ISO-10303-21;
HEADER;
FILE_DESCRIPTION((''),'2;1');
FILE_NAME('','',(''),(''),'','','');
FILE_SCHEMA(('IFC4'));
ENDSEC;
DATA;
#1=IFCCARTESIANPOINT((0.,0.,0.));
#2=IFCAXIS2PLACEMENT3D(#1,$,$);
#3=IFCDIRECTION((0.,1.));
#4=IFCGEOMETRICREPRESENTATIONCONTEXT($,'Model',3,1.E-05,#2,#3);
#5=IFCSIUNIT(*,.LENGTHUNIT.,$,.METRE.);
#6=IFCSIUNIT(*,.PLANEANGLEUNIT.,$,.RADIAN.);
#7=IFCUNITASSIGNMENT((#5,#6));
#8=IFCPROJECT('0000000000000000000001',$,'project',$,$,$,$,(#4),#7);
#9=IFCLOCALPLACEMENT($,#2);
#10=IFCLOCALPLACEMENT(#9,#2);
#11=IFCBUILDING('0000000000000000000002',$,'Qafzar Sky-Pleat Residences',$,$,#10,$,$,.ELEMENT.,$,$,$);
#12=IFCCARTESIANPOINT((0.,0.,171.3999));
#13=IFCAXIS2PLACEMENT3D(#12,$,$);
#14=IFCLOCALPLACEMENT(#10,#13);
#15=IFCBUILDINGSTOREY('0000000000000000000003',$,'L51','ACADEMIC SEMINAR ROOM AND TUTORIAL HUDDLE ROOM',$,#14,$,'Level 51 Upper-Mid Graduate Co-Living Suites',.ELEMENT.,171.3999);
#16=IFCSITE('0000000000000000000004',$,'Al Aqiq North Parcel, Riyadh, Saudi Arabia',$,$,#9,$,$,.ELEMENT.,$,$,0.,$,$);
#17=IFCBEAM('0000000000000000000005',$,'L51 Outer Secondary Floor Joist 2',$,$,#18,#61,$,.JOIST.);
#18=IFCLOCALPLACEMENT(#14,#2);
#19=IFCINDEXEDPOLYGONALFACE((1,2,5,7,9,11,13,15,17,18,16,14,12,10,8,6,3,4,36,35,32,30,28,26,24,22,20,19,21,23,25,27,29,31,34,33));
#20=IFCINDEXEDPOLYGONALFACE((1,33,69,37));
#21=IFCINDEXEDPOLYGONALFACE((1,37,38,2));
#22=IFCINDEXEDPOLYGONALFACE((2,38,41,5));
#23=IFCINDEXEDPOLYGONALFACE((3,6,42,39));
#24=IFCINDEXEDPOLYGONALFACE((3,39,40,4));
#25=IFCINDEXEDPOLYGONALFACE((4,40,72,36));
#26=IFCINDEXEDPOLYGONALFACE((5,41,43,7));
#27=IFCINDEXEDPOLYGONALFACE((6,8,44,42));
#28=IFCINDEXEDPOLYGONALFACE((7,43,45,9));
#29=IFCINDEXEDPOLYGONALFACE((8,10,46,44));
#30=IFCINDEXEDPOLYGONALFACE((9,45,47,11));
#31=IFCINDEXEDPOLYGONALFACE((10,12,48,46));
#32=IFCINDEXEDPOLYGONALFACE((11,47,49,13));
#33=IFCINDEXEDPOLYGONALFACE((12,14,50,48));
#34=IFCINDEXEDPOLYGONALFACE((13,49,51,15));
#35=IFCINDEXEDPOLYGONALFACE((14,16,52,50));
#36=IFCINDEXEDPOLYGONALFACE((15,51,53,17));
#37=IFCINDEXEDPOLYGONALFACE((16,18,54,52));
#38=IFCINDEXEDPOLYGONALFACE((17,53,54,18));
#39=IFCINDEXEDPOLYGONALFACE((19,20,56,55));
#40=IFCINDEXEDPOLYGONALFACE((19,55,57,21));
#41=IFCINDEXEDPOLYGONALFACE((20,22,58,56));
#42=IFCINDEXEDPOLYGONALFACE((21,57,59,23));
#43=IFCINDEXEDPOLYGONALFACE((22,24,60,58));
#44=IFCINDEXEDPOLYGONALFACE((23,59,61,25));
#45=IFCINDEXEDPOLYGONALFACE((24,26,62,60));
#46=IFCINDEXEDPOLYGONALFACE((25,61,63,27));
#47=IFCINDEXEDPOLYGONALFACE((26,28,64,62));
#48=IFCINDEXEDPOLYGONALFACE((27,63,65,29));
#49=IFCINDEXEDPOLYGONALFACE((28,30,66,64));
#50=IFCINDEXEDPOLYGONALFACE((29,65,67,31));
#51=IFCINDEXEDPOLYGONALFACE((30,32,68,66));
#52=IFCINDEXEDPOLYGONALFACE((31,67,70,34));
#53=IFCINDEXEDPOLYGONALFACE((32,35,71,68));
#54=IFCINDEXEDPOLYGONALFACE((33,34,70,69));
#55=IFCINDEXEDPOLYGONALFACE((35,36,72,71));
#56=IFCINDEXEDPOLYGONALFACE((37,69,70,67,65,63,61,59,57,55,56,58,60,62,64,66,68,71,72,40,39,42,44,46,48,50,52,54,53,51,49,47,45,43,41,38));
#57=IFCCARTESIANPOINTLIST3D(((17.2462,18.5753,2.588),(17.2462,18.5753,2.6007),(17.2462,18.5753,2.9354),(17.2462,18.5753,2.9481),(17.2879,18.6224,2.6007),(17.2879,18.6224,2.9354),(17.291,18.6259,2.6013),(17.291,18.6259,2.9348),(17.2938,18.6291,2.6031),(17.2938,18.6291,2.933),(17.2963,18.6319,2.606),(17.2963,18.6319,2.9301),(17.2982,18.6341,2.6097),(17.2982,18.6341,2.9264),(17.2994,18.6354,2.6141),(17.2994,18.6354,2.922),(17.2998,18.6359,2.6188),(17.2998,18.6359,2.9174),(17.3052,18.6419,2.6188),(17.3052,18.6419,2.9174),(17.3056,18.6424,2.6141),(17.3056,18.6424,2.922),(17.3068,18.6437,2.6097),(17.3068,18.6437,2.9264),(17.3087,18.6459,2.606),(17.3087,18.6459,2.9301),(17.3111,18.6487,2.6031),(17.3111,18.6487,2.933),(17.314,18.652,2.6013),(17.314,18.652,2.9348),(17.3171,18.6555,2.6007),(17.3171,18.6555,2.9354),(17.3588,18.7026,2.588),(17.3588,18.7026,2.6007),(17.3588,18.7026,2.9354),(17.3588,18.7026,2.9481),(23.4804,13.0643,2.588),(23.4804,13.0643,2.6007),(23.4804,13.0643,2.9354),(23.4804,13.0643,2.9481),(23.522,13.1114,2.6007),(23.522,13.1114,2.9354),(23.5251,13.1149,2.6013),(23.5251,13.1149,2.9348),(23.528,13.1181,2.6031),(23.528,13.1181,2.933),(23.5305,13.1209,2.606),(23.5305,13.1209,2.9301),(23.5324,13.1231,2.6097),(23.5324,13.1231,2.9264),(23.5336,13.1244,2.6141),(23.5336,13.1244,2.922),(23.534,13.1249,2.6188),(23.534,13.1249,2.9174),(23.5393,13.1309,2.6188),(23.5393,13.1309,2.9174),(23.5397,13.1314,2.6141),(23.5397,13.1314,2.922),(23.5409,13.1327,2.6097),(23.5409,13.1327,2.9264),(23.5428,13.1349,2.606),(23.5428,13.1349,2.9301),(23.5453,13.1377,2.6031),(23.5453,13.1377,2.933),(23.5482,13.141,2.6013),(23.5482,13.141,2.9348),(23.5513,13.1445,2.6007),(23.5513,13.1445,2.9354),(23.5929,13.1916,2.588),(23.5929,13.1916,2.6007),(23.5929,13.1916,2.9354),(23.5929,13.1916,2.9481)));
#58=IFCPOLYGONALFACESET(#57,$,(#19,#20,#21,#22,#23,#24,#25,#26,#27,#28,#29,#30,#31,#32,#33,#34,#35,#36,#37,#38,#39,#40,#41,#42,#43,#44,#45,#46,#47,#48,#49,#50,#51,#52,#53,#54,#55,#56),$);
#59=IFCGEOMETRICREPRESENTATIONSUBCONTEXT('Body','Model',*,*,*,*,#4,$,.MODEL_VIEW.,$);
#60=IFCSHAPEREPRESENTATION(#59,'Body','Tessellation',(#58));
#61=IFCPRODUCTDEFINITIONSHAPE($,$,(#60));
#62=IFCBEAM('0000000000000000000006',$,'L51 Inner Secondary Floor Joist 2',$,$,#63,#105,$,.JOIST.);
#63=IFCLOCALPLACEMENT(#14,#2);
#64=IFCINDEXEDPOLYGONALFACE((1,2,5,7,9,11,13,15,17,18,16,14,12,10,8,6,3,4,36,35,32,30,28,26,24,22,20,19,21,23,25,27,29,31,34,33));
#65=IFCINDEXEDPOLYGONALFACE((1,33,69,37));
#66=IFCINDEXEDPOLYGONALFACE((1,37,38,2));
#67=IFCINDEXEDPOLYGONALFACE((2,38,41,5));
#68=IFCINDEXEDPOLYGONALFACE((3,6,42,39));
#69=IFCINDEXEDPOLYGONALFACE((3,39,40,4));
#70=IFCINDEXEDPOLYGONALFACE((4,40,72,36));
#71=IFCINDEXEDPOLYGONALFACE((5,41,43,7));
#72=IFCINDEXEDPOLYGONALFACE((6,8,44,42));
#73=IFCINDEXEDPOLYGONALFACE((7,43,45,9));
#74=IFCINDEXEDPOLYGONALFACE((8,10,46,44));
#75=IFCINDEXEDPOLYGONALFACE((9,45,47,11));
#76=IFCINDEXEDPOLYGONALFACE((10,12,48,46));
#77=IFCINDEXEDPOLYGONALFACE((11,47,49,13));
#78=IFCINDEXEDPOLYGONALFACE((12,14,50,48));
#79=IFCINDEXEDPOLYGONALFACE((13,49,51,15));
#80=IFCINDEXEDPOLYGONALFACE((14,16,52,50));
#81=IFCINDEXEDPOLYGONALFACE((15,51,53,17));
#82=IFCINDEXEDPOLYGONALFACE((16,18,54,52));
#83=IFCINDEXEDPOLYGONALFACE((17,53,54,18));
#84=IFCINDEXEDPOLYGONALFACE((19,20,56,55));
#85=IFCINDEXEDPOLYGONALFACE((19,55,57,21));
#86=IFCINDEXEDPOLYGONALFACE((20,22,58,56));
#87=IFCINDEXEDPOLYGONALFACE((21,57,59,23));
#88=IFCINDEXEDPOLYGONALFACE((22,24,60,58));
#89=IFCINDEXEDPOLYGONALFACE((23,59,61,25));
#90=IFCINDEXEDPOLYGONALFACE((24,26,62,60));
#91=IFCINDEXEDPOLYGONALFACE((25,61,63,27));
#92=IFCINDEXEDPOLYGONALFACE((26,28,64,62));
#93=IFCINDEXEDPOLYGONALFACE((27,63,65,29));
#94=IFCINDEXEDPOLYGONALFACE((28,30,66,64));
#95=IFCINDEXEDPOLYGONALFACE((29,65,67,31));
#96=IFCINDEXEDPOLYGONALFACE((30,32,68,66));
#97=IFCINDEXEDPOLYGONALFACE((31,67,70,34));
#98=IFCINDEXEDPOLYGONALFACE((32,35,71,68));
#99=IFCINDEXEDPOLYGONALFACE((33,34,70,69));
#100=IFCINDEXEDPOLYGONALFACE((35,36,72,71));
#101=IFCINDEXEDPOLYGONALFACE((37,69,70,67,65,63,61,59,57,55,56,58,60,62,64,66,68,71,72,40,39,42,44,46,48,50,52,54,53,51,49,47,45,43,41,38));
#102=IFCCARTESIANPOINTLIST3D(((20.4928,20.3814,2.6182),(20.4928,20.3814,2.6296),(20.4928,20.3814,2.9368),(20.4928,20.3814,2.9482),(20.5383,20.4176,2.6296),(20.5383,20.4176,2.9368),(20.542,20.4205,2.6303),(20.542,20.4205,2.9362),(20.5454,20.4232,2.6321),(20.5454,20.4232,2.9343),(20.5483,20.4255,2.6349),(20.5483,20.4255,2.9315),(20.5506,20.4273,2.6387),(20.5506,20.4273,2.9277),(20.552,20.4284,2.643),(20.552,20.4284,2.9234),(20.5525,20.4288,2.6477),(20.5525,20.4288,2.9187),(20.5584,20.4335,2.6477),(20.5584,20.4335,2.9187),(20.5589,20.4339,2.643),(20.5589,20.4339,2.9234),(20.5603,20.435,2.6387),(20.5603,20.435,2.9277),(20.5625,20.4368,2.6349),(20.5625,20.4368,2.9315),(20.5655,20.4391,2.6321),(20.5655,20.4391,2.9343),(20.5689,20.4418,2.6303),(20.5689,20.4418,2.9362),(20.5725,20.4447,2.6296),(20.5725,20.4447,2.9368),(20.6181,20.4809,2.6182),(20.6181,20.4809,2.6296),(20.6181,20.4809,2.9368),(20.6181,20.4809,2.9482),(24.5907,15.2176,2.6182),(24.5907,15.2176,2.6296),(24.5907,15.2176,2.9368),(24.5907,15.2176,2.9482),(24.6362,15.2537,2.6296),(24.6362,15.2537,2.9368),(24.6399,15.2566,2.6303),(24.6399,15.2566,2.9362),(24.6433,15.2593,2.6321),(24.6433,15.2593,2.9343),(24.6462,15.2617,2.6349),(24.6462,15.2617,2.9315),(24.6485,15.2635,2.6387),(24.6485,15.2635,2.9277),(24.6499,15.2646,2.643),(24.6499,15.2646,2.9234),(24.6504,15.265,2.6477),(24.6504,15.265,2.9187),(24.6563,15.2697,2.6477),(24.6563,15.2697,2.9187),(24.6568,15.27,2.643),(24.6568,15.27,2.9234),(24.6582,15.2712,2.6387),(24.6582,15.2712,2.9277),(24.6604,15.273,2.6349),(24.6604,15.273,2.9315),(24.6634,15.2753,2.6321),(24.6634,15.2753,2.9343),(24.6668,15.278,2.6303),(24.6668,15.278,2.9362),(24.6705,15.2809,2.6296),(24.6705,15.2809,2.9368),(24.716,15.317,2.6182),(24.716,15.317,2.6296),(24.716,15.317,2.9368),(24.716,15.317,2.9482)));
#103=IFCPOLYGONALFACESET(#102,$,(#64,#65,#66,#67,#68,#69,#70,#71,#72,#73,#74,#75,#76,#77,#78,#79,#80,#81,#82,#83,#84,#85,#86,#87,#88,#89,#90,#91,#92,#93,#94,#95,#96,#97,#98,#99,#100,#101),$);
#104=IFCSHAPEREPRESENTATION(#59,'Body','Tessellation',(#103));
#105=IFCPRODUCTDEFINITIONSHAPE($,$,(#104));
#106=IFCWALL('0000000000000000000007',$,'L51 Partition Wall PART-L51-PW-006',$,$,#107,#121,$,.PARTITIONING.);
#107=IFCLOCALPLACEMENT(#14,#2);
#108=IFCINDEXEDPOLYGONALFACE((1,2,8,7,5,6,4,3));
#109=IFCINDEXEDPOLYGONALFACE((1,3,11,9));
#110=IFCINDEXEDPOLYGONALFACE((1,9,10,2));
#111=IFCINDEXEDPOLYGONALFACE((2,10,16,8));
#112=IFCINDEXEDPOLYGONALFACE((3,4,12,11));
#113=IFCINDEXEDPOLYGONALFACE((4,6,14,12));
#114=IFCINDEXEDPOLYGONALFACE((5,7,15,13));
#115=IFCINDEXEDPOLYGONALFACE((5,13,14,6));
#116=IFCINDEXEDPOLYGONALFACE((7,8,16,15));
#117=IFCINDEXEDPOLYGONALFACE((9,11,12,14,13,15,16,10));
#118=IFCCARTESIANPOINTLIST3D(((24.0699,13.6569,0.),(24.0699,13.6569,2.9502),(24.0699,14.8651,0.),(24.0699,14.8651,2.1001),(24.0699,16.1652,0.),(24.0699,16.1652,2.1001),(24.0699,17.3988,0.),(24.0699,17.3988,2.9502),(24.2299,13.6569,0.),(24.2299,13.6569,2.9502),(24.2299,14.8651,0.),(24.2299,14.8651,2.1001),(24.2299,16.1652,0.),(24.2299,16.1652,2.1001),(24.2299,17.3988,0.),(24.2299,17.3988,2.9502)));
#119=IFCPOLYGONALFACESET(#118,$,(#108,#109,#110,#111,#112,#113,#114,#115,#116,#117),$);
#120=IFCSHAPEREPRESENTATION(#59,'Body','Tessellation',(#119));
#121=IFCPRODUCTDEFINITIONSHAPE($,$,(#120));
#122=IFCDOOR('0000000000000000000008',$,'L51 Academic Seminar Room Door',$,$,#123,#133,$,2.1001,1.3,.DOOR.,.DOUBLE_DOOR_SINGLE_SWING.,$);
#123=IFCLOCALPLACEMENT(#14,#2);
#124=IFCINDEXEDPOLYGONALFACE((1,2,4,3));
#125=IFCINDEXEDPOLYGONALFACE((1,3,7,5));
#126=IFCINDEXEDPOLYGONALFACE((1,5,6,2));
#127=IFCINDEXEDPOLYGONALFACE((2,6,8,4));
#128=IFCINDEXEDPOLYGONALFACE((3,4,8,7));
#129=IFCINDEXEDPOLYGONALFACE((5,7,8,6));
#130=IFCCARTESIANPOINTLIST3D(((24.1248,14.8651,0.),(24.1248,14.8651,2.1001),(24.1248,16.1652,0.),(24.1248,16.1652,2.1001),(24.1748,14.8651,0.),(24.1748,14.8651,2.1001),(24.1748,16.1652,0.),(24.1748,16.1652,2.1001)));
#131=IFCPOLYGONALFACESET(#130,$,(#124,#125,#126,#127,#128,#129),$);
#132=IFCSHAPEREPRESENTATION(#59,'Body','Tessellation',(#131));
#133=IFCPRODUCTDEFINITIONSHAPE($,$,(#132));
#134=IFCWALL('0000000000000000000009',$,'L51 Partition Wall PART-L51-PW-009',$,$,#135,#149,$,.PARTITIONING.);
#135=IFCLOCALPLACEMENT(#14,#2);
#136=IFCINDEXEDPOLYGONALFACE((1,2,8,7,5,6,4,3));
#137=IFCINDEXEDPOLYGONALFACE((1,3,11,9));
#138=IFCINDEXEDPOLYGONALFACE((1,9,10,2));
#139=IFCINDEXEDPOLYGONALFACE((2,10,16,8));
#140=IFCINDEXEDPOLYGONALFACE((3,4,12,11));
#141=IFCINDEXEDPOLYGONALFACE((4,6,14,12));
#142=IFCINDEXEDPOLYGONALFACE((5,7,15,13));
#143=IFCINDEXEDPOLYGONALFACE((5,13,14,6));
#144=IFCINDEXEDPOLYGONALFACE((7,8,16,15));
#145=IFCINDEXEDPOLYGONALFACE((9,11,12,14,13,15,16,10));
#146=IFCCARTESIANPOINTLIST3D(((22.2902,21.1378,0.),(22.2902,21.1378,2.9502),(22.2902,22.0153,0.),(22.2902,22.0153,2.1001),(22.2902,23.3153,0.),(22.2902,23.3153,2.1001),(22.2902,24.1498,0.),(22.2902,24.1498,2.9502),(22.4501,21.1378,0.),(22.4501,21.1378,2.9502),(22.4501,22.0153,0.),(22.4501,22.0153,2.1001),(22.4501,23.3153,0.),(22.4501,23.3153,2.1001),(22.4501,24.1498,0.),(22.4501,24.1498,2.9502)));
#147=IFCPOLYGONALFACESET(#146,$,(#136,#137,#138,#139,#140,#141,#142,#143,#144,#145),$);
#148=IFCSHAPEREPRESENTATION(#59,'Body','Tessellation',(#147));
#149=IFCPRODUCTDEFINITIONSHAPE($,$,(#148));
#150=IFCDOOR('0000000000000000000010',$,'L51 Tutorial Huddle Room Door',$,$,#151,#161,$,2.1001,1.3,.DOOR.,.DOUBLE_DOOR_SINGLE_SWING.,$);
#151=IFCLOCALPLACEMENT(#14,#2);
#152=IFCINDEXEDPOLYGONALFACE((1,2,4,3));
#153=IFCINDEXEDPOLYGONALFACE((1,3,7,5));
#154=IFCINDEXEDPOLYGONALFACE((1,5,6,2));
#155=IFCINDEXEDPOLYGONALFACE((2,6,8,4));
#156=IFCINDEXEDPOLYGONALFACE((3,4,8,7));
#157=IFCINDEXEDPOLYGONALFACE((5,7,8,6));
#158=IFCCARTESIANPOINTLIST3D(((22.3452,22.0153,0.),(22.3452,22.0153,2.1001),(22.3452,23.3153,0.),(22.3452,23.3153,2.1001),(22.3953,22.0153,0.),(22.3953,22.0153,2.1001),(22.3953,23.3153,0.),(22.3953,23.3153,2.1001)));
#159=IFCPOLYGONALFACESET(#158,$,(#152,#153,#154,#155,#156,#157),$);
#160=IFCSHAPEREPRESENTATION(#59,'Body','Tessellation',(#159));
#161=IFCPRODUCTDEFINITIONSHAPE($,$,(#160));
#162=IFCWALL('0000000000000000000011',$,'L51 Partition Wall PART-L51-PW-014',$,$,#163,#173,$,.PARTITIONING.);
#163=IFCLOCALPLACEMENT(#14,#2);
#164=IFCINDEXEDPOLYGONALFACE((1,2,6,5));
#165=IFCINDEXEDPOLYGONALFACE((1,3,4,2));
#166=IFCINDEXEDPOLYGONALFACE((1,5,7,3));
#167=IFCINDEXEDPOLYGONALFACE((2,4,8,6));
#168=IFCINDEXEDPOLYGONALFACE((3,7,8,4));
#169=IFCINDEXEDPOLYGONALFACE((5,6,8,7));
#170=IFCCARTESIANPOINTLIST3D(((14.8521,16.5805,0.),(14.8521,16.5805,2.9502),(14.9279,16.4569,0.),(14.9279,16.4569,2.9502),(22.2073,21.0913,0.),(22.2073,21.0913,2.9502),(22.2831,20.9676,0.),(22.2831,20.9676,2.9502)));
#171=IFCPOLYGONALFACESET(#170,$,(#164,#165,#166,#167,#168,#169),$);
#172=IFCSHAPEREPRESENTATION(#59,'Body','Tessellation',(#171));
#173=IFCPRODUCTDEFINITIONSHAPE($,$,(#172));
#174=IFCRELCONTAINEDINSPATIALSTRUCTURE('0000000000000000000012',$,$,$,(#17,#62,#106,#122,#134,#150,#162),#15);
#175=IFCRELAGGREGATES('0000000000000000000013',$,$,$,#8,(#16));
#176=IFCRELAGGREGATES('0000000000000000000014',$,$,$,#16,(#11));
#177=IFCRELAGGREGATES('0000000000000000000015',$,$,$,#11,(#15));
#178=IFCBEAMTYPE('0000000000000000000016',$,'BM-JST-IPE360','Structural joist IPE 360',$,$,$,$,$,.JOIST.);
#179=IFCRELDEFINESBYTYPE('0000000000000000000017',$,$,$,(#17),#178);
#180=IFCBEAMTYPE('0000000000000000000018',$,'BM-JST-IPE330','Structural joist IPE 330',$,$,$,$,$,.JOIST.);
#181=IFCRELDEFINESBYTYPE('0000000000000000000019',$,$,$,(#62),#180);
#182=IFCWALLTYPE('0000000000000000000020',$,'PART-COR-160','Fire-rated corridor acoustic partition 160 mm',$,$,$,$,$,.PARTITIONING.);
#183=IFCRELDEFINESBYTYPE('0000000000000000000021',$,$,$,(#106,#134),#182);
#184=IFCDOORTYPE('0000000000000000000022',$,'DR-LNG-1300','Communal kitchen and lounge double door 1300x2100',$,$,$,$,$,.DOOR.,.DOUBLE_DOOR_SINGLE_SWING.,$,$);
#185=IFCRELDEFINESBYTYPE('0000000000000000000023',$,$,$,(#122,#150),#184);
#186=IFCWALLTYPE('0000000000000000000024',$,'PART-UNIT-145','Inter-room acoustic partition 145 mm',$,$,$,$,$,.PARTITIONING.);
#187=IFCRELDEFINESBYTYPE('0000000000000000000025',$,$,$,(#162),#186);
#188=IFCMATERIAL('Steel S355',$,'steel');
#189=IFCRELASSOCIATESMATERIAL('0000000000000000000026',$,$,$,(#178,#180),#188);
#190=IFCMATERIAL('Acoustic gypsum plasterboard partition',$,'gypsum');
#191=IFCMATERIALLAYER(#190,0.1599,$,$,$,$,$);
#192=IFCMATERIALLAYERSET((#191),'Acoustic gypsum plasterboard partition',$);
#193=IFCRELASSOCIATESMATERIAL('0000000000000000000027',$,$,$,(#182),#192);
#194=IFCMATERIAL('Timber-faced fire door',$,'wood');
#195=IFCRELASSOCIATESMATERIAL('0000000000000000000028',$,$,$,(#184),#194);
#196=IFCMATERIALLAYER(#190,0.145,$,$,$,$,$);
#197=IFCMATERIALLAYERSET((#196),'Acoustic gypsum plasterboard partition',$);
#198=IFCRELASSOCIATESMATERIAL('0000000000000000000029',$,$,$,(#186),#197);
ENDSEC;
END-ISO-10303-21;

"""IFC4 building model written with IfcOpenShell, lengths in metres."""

from ifc_helpers import new_model, si_unit, direction, frame, frame_2d, origin, origin_2d, place, context, subcontext, project, spatial, rectangle, i_section, extrude, source, transform, mapped, material, layer, layer_set, material_profile, profile_set, type_object, element, fill, save


model = new_model("IFC4")

# Units and contexts
model_context = context("Model", 3, precision=1e-05, world=origin(), true_north=direction((0.0, 1.0)))
body_context = subcontext(model_context, "Body", "Model", "MODEL_VIEW")
ifc_project = project(units=[si_unit("LENGTHUNIT", "METRE"), si_unit("PLANEANGLEUNIT", "RADIAN")], contexts=[model_context])

# Site, building, storey
site_placement = place(None, origin())
site = spatial("IfcSite", under=ifc_project, at=site_placement, Name="Al Aqiq North Parcel, Riyadh, Saudi Arabia", CompositionType="ELEMENT", RefElevation=0.0)
building_placement = place(site_placement, origin())
building = spatial("IfcBuilding", under=site, at=building_placement, Name="Qafzar Sky-Pleat Residences", CompositionType="ELEMENT")
storey_placement = place(building_placement, frame((0.0, 0.0, 171.3999)))
storey = spatial("IfcBuildingStorey", under=building, at=storey_placement, Name="L51", Description="ACADEMIC SEMINAR ROOM AND TUTORIAL HUDDLE ROOM", LongName="Level 51 Upper-Mid Graduate Co-Living Suites", CompositionType="ELEMENT", Elevation=171.3999)

# Beams
ifc_material_1 = material(Name="Steel S355", Category="steel")
ifc_material_profile_1 = material_profile(ifc_material_1, i_section(OverallWidth=0.1699, OverallDepth=0.3601, WebThickness=0.0081, FlangeThickness=0.0127, FilletRadius=0.0181, at=origin_2d()), Name="IPE 360")
ifc_profile_set_1 = profile_set([ifc_material_profile_1], Name="Steel S355")
beam_type_1 = type_object("IfcBeamType", Name="BM-JST-IPE360", Description="Structural joist IPE 360", PredefinedType="JOIST", material=ifc_profile_set_1)
shared_shape_1 = source(origin(), body_context, "Body", "SweptSolid", [
    extrude(i_section(OverallWidth=0.1699, OverallDepth=0.3601, WebThickness=0.0081, FlangeThickness=0.0127, FilletRadius=0.0181, at=origin_2d()), origin(), (0.0, 0.0, 1.0), 8.3208),
])
beam_1_placement = place(storey_placement, frame((17.3025, 18.6389, 2.7681), z_axis=(0.749224, -0.662316, 0.0), x_axis=(0.662316, 0.749224, 0.0)))
element("IfcBeam", 1, at=beam_1_placement, inside=storey, type_object=beam_type_1, Name="L51 Outer Secondary Floor Joist 2", PredefinedType="JOIST", context=body_context, shape_type="MappedRepresentation", body=[
    mapped(shared_shape_1, transform((0.0, 0.0, 0.0), x_axis=(1.0, 0.0, 0.0), y_axis=(0.0, 1.0, 0.0), z_axis=(0.0, 0.0, 1.0), scale=1.0)),
])
ifc_material_profile_2 = material_profile(ifc_material_1, i_section(OverallWidth=0.1599, OverallDepth=0.3301, WebThickness=0.0076, FlangeThickness=0.0115, FilletRadius=0.0181, at=origin_2d()), Name="IPE 330")
ifc_profile_set_2 = profile_set([ifc_material_profile_2], Name="Steel S355")
beam_type_2 = type_object("IfcBeamType", Name="BM-JST-IPE330", Description="Structural joist IPE 330", PredefinedType="JOIST", material=ifc_profile_set_2)
shared_shape_2 = source(origin(), body_context, "Body", "SweptSolid", [
    extrude(i_section(OverallWidth=0.1599, OverallDepth=0.3301, WebThickness=0.0076, FlangeThickness=0.0115, FilletRadius=0.0181, at=origin_2d()), origin(), (0.0, 0.0, 1.0), 6.5923),
])
beam_2_placement = place(storey_placement, frame((20.5554, 20.4312, 2.7832), z_axis=(0.621624, -0.783316, 0.0), x_axis=(0.783316, 0.621624, 0.0)))
element("IfcBeam", 2, at=beam_2_placement, inside=storey, type_object=beam_type_2, Name="L51 Inner Secondary Floor Joist 2", PredefinedType="JOIST", context=body_context, shape_type="MappedRepresentation", body=[
    mapped(shared_shape_2, transform((0.0, 0.0, 0.0), x_axis=(1.0, 0.0, 0.0), y_axis=(0.0, 1.0, 0.0), z_axis=(0.0, 0.0, 1.0), scale=1.0)),
])

# Walls, openings, doors
ifc_material_2 = material(Name="Acoustic gypsum plasterboard partition", Category="gypsum")
ifc_layer_1 = layer(ifc_material_2, 0.1599)
ifc_layer_set_1 = layer_set([ifc_layer_1], Name="Acoustic gypsum plasterboard partition")
wall_type_1 = type_object("IfcWallType", Name="PART-COR-160", Description="Fire-rated corridor acoustic partition 160 mm", PredefinedType="PARTITIONING", material=ifc_layer_set_1)
wall_1_placement = place(storey_placement, frame((24.1499, 17.3989, 0.0), z_axis=(0.0, 0.0, 1.0), x_axis=(0.0, -1.0, 0.0)))
wall_1 = element("IfcWall", 3, at=wall_1_placement, inside=storey, type_object=wall_type_1, Name="L51 Partition Wall PART-L51-PW-006", PredefinedType="PARTITIONING", context=body_context, shape_type="SweptSolid", body=[
    extrude(rectangle(XDim=3.7419, YDim=0.1599, at=frame_2d((1.8711, 0.0))), origin(), (0.0, 0.0, 1.0), 2.9502),
])
opening_1_placement = place(wall_1_placement, frame((1.2339, 0.0, 0.0)))
opening_1 = element("IfcOpeningElement", 4, at=opening_1_placement, cuts=wall_1, PredefinedType="OPENING", context=body_context, shape_type="SweptSolid", body=[
    extrude(rectangle(XDim=1.3, YDim=2.1001, at=frame_2d((0.6499, 1.05))), frame((0.0, 0.0898, 0.0), z_axis=(0.0, -1.0, 0.0), x_axis=(1.0, 0.0, 0.0)), (0.0, 0.0, 1.0), 0.1799),
])
ifc_material_3 = material(Name="Timber-faced fire door", Category="wood")
door_type_1 = type_object("IfcDoorType", Name="DR-LNG-1300", Description="Communal kitchen and lounge double door 1300x2100", OperationType="DOUBLE_DOOR_SINGLE_SWING", PredefinedType="DOOR", material=ifc_material_3)
shared_shape_3 = source(origin(), body_context, "Body", "SweptSolid", [
    extrude(rectangle(XDim=1.3, YDim=2.1001, at=frame_2d((0.6499, 1.05))), frame((0.0, 0.0249, 0.0), z_axis=(0.0, -1.0, 0.0), x_axis=(1.0, 0.0, 0.0)), (0.0, 0.0, 1.0), 0.05),
])
door_1_placement = place(opening_1_placement, origin())
door_1 = element("IfcDoor", 5, at=door_1_placement, inside=storey, type_object=door_type_1, Name="L51 Academic Seminar Room Door", OperationType="DOUBLE_DOOR_SINGLE_SWING", OverallHeight=2.1001, OverallWidth=1.3, PredefinedType="DOOR", context=body_context, shape_type="MappedRepresentation", body=[
    mapped(shared_shape_3, transform((0.0, 0.0, 0.0), x_axis=(1.0, 0.0, 0.0), y_axis=(0.0, 1.0, 0.0), z_axis=(0.0, 0.0, 1.0), scale=1.0)),
])
fill(opening_1, door_1)
wall_2_placement = place(storey_placement, frame((22.3701, 21.1379, 0.0), z_axis=(0.0, 0.0, 1.0), x_axis=(0.0, 1.0, 0.0)))
wall_2 = element("IfcWall", 6, at=wall_2_placement, inside=storey, type_object=wall_type_1, Name="L51 Partition Wall PART-L51-PW-009", PredefinedType="PARTITIONING", context=body_context, shape_type="SweptSolid", body=[
    extrude(rectangle(XDim=3.012, YDim=0.1599, at=frame_2d((1.5059, 0.0))), origin(), (0.0, 0.0, 1.0), 2.9502),
])
opening_2_placement = place(wall_2_placement, frame((0.8774, 0.0, 0.0)))
opening_2 = element("IfcOpeningElement", 7, at=opening_2_placement, cuts=wall_2, PredefinedType="OPENING", context=body_context, shape_type="SweptSolid", body=[
    extrude(rectangle(XDim=1.3, YDim=2.1001, at=frame_2d((0.6499, 1.05))), frame((0.0, 0.0898, 0.0), z_axis=(0.0, -1.0, 0.0), x_axis=(1.0, 0.0, 0.0)), (0.0, 0.0, 1.0), 0.1799),
])
door_2_placement = place(opening_2_placement, origin())
door_2 = element("IfcDoor", 8, at=door_2_placement, inside=storey, type_object=door_type_1, Name="L51 Tutorial Huddle Room Door", OperationType="DOUBLE_DOOR_SINGLE_SWING", OverallHeight=2.1001, OverallWidth=1.3, PredefinedType="DOOR", context=body_context, shape_type="MappedRepresentation", body=[
    mapped(shared_shape_3, transform((0.0, 0.0, 0.0), x_axis=(1.0, 0.0, 0.0), y_axis=(0.0, 1.0, 0.0), z_axis=(0.0, 0.0, 1.0), scale=1.0)),
])
fill(opening_2, door_2)

# Wall
ifc_layer_2 = layer(ifc_material_2, 0.145)
ifc_layer_set_2 = layer_set([ifc_layer_2], Name="Acoustic gypsum plasterboard partition")
wall_type_2 = type_object("IfcWallType", Name="PART-UNIT-145", Description="Inter-room acoustic partition 145 mm", PredefinedType="PARTITIONING", material=ifc_layer_set_2)
wall_3_placement = place(storey_placement, frame((14.8901, 16.5188, 0.0), z_axis=(0.0, 0.0, 1.0), x_axis=(0.852462, 0.52279, 0.0)))
element("IfcWall", 9, at=wall_3_placement, inside=storey, type_object=wall_type_2, Name="L51 Partition Wall PART-L51-PW-014", PredefinedType="PARTITIONING", context=body_context, shape_type="SweptSolid", body=[
    extrude(rectangle(XDim=8.6282, YDim=0.145, at=frame_2d((4.314, 0.0))), origin(), (0.0, 0.0, 1.0), 2.9502),
])

save(model, "model.ifc")
